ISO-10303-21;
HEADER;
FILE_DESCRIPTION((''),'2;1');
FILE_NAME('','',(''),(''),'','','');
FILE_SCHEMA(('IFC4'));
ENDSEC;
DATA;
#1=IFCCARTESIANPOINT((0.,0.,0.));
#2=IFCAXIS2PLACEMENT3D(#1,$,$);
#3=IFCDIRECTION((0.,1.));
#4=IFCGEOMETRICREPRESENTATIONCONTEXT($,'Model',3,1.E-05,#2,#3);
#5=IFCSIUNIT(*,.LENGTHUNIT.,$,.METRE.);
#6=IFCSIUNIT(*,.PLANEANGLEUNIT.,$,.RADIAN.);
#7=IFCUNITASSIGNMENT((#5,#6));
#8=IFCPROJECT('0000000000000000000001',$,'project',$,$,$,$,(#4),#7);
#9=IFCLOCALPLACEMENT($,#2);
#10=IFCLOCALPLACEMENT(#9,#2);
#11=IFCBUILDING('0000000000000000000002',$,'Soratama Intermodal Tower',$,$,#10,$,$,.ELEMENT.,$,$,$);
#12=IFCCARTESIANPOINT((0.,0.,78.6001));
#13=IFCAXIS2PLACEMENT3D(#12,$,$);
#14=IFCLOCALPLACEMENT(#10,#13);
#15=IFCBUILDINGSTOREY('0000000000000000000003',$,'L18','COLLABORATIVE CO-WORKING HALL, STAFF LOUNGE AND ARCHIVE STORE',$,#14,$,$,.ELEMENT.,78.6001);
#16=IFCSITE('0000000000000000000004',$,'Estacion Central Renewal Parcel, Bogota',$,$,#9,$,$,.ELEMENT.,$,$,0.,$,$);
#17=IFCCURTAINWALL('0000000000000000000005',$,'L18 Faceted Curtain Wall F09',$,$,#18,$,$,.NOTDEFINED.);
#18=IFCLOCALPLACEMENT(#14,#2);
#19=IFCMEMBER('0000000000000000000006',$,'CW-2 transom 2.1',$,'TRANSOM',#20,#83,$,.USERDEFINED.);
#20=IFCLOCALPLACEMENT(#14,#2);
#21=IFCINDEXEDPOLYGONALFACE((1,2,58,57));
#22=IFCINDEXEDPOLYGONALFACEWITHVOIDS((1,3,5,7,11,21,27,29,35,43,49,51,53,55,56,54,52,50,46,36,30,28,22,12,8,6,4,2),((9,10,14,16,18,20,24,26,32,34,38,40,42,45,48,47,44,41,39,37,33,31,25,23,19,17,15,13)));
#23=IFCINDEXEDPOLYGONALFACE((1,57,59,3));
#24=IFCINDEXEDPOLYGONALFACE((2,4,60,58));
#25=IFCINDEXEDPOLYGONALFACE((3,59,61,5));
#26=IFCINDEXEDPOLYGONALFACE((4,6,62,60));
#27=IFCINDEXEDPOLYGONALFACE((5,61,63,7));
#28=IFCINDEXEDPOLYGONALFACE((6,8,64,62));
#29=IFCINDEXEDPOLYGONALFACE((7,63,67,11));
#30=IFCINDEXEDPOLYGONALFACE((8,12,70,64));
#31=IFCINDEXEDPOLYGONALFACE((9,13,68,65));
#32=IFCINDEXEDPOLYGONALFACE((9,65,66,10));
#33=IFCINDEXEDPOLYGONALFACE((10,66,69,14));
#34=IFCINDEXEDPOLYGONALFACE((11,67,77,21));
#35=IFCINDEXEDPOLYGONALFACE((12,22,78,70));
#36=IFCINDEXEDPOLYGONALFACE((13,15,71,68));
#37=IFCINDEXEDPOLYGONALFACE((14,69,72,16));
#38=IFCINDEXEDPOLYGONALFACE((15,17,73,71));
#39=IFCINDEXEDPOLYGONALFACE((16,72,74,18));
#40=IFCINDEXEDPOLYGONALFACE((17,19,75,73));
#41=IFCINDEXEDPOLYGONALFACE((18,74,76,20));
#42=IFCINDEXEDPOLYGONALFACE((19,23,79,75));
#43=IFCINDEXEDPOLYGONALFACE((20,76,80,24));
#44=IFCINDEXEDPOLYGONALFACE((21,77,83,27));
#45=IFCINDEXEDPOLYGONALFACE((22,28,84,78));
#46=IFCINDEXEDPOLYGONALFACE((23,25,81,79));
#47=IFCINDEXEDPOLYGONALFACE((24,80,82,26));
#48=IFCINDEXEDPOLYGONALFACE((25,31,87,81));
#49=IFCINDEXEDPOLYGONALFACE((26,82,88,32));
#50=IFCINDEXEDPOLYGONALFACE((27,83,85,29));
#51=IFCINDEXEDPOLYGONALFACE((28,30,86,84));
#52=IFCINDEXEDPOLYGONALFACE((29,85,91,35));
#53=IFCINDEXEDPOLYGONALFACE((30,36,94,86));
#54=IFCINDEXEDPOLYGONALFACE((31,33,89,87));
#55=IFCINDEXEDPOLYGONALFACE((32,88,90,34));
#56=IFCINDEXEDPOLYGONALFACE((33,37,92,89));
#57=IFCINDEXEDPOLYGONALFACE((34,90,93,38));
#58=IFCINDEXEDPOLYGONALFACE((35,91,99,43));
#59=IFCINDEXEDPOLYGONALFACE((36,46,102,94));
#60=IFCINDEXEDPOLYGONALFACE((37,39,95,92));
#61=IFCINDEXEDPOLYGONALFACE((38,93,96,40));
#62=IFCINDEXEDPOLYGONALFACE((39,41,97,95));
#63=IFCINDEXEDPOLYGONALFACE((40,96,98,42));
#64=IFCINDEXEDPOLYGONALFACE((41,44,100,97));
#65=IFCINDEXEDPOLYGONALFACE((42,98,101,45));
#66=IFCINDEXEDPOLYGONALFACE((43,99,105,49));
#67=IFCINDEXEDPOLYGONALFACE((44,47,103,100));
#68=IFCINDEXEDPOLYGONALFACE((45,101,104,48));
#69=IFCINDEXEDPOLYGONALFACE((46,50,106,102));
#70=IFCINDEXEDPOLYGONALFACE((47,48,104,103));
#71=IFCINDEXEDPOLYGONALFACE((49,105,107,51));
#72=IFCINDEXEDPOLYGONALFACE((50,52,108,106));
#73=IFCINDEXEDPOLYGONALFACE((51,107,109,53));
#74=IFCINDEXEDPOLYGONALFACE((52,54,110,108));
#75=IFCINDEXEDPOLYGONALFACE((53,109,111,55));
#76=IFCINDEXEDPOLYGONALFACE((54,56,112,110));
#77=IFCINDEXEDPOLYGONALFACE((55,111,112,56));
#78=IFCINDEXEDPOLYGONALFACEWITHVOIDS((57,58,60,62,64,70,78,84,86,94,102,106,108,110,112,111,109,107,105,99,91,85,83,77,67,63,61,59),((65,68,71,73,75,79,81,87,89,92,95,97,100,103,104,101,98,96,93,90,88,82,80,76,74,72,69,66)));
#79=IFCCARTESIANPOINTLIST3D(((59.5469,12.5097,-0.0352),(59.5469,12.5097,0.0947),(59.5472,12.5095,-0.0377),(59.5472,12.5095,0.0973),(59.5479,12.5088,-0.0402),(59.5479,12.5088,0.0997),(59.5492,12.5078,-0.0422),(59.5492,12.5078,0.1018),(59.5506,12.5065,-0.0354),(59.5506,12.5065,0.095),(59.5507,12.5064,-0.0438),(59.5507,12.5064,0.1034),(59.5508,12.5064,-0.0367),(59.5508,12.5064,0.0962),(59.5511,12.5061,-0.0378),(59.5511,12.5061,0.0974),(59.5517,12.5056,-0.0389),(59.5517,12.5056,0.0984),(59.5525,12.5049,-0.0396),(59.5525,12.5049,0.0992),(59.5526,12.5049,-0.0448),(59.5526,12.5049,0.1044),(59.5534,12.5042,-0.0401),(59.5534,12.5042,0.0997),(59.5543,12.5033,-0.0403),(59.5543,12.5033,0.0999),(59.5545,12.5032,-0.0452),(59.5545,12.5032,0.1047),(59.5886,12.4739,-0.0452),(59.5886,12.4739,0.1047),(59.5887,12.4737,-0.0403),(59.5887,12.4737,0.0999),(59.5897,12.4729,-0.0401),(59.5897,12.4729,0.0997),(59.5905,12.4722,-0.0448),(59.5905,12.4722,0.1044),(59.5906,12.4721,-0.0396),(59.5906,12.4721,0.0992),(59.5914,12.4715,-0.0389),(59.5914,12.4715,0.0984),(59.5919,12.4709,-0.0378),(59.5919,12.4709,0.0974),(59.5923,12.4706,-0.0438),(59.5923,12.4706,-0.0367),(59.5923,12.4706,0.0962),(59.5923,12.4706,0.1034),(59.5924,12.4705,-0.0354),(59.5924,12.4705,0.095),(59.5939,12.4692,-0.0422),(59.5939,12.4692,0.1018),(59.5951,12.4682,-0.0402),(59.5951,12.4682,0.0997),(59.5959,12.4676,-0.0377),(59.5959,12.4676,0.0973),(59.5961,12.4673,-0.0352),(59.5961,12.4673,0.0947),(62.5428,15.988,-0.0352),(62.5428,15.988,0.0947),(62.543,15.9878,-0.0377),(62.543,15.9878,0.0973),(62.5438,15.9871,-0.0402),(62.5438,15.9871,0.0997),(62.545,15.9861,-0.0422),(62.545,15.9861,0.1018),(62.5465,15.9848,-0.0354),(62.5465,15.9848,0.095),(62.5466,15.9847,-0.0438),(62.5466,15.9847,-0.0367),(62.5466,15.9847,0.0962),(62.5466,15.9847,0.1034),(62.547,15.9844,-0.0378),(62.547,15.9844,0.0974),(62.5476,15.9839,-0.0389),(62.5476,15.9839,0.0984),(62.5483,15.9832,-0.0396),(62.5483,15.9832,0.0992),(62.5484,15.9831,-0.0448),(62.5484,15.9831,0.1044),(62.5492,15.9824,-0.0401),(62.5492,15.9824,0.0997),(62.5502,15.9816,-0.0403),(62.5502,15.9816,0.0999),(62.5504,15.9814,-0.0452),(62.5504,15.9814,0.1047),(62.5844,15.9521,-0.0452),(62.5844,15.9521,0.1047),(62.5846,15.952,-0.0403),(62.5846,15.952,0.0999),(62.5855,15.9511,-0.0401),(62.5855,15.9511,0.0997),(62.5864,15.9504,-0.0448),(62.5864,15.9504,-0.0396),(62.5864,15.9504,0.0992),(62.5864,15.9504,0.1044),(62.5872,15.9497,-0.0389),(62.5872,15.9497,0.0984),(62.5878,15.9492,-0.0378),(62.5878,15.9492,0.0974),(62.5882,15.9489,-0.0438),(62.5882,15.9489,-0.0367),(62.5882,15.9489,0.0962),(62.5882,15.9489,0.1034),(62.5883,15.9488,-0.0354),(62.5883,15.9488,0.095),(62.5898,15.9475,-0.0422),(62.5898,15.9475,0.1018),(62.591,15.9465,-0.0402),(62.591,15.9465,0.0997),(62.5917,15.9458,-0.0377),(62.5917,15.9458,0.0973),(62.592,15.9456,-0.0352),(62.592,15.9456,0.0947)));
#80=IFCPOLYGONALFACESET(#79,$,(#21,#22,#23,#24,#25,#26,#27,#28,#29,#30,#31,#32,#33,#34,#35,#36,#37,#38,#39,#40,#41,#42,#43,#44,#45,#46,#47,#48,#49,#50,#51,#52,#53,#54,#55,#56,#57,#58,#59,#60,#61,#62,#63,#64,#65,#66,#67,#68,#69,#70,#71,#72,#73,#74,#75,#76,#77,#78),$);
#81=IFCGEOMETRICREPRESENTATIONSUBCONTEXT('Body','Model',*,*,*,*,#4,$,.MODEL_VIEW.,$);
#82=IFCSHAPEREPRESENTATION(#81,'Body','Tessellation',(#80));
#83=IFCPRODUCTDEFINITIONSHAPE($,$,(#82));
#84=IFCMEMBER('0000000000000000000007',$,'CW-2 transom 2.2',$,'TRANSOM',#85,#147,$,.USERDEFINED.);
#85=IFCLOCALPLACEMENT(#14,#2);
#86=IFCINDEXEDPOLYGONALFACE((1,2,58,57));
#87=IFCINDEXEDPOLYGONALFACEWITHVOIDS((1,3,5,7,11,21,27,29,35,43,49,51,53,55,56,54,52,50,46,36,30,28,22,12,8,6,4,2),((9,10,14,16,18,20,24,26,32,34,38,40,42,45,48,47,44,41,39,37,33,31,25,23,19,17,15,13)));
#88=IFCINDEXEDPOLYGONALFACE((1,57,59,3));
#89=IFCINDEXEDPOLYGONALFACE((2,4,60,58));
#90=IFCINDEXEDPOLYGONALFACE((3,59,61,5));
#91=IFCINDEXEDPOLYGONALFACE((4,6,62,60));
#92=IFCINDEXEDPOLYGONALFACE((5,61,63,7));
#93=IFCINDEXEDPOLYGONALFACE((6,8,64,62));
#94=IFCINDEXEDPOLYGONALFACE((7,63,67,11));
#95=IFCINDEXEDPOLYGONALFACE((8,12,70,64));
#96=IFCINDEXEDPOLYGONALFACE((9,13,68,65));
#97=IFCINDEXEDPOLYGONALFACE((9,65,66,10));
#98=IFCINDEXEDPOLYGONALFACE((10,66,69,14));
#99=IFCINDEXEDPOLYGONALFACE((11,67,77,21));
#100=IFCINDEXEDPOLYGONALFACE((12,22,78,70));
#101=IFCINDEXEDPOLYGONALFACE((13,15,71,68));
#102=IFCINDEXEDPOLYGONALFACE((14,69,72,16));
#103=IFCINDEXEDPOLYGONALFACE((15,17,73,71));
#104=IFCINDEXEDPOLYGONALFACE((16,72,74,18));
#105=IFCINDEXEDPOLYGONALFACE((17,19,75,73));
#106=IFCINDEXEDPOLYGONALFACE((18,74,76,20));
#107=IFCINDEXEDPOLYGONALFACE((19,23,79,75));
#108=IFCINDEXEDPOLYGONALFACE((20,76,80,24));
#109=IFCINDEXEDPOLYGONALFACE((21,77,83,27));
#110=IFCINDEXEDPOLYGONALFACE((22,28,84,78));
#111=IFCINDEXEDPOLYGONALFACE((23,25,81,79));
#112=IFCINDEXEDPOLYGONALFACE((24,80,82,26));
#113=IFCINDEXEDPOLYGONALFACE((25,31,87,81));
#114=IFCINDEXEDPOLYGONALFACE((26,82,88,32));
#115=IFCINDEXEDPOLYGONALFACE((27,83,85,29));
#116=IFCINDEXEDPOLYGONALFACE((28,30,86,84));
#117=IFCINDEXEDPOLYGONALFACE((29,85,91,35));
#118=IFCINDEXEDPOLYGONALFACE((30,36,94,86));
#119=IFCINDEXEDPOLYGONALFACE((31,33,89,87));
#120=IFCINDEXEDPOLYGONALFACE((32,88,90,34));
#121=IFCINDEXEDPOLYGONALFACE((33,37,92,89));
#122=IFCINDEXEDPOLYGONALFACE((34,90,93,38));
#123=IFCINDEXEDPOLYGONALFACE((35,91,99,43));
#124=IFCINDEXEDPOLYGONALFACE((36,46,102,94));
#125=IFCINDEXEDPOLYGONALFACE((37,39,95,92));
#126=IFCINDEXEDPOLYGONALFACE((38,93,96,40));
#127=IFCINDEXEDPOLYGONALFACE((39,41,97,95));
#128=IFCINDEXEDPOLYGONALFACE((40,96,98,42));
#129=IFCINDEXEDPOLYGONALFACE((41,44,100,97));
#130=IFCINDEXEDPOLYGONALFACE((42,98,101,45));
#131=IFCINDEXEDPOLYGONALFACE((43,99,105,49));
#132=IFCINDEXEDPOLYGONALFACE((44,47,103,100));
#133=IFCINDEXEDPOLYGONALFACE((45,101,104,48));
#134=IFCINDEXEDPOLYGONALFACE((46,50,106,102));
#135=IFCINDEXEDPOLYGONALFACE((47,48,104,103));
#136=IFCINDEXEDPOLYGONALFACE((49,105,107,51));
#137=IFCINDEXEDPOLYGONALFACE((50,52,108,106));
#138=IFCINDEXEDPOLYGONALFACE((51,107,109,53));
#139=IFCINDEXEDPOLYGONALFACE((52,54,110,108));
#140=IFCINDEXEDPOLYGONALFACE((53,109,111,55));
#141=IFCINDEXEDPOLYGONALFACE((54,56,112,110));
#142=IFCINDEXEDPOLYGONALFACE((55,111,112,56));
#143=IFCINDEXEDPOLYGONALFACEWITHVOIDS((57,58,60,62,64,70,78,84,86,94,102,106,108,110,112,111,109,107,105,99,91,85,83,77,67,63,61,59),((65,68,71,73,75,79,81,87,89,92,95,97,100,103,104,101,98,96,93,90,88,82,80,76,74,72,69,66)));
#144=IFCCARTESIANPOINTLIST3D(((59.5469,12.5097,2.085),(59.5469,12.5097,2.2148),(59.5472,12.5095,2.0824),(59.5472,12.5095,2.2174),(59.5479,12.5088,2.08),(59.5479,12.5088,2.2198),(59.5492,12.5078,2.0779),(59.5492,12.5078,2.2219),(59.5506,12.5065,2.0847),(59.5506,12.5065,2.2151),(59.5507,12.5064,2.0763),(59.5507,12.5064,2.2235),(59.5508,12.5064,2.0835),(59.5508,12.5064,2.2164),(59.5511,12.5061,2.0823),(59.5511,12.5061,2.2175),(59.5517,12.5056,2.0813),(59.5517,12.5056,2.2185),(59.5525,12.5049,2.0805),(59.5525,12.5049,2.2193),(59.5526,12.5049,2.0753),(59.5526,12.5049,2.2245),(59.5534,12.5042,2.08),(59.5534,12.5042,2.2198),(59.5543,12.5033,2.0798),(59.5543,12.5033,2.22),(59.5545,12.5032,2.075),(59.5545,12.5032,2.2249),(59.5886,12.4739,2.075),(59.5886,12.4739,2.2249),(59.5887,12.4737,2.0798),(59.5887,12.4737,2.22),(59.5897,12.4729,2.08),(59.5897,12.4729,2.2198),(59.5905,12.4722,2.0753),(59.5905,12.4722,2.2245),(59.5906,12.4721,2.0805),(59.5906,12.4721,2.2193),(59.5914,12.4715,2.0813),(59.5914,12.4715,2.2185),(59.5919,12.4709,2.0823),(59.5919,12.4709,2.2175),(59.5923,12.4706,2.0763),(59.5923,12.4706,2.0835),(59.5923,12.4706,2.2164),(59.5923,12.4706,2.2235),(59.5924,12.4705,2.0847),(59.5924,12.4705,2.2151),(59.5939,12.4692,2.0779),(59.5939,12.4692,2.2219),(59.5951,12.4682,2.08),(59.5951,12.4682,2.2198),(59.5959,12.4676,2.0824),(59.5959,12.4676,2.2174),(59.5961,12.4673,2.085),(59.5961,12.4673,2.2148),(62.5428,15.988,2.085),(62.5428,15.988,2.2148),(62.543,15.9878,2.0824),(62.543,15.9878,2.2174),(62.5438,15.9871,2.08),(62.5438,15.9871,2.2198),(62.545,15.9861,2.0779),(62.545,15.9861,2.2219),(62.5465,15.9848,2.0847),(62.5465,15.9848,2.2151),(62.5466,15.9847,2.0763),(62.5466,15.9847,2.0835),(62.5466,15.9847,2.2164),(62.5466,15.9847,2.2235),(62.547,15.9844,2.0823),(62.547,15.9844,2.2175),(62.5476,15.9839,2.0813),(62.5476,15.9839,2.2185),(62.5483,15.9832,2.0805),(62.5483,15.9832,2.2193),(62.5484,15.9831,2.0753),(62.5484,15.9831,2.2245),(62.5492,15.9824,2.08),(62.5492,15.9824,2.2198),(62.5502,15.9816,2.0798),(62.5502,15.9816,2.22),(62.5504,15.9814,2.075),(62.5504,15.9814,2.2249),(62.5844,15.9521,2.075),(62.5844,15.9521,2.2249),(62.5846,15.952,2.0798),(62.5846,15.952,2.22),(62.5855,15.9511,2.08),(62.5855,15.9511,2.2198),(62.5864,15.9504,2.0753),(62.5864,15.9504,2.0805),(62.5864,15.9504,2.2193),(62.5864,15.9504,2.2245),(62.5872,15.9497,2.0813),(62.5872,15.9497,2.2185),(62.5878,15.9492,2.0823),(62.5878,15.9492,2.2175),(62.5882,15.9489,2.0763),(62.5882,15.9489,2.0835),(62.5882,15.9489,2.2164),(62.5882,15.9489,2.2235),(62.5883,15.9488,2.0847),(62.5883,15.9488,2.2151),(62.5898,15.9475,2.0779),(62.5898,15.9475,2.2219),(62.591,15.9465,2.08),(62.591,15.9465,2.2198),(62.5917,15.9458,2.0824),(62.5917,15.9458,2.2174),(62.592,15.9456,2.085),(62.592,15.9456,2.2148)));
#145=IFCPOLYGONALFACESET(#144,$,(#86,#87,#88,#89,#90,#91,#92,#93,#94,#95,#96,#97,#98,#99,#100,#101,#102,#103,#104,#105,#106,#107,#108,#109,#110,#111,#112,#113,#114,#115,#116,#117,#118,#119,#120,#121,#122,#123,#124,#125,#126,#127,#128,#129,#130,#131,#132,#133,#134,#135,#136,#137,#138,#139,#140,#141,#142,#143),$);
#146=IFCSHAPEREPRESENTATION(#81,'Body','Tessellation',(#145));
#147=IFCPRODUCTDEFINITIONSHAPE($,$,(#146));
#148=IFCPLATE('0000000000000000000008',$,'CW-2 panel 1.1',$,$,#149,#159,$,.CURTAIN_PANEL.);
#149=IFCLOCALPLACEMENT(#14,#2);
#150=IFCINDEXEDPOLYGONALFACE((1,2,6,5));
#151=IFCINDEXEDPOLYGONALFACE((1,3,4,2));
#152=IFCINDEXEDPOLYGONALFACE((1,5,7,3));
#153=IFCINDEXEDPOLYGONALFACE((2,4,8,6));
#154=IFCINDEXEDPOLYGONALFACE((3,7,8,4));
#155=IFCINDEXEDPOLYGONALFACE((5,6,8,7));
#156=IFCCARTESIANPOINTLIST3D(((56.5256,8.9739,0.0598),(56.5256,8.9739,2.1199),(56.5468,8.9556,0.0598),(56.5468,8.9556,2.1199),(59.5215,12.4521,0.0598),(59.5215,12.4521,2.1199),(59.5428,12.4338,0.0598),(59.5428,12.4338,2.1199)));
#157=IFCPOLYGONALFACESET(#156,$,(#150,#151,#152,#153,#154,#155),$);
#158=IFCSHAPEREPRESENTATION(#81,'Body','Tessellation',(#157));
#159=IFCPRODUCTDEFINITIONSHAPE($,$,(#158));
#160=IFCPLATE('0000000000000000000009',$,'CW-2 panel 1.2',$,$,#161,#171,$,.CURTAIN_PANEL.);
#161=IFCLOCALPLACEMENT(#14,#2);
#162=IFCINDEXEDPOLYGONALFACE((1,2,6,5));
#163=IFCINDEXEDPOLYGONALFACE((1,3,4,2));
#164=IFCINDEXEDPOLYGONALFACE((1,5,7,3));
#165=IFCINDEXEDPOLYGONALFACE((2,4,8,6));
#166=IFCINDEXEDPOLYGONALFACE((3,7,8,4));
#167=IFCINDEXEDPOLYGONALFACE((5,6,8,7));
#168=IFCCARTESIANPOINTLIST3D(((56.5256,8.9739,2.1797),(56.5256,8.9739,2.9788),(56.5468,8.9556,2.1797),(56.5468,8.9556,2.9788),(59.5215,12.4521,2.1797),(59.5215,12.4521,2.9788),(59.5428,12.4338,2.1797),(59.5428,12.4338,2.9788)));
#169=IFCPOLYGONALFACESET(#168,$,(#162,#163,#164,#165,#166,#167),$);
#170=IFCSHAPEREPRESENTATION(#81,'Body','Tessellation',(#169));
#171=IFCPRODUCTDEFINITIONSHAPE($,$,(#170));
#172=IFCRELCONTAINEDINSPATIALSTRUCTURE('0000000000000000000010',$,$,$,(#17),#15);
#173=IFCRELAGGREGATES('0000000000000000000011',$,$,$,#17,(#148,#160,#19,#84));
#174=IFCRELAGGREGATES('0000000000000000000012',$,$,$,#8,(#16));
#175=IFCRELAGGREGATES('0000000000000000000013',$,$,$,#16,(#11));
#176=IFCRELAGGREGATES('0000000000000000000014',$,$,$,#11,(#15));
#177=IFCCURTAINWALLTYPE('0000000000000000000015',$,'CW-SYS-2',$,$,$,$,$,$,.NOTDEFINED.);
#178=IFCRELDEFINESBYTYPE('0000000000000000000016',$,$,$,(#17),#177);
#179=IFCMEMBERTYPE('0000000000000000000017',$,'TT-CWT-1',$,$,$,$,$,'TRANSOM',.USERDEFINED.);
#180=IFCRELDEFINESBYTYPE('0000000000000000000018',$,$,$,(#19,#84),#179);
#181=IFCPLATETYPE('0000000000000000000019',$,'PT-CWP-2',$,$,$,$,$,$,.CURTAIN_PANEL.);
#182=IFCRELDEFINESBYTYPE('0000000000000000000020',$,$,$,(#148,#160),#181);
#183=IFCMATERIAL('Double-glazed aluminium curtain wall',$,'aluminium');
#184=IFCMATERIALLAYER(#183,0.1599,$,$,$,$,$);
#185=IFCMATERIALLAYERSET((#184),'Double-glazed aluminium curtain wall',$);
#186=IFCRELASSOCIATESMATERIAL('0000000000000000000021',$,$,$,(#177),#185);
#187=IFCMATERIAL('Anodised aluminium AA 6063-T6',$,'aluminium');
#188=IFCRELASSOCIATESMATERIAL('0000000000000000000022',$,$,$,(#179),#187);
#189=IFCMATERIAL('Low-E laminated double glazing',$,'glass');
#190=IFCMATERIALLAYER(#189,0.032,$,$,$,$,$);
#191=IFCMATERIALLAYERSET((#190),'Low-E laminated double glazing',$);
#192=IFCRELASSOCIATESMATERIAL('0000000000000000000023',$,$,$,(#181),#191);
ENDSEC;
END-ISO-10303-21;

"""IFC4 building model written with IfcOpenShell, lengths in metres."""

from ifc_helpers import new_model, si_unit, direction, frame, origin, origin_2d, place, context, subcontext, project, spatial, rectangle, hollow_rectangle, extrude, material, layer, layer_set, material_profile, profile_set, type_object, element, aggregate, save


model = new_model("IFC4")

# Units and contexts
model_context = context("Model", 3, precision=1e-05, world=origin(), true_north=direction((0.0, 1.0)))
body_context = subcontext(model_context, "Body", "Model", "MODEL_VIEW")
ifc_project = project(units=[si_unit("LENGTHUNIT", "METRE"), si_unit("PLANEANGLEUNIT", "RADIAN")], contexts=[model_context])

# Site, building, storey
site_placement = place(None, origin())
site = spatial("IfcSite", under=ifc_project, at=site_placement, Name="Estacion Central Renewal Parcel, Bogota", CompositionType="ELEMENT", RefElevation=0.0)
building_placement = place(site_placement, origin())
building = spatial("IfcBuilding", under=site, at=building_placement, Name="Soratama Intermodal Tower", CompositionType="ELEMENT")
storey_placement = place(building_placement, frame((0.0, 0.0, 78.6001)))
storey = spatial("IfcBuildingStorey", under=building, at=storey_placement, Name="L18", Description="COLLABORATIVE CO-WORKING HALL, STAFF LOUNGE AND ARCHIVE STORE", CompositionType="ELEMENT", Elevation=78.6001)

# Curtain wall, members, plates
ifc_material_1 = material(Name="Double-glazed aluminium curtain wall", Category="aluminium")
ifc_layer_1 = layer(ifc_material_1, 0.1599)
ifc_layer_set_1 = layer_set([ifc_layer_1], Name="Double-glazed aluminium curtain wall")
curtain_wall_type = type_object("IfcCurtainWallType", Name="CW-SYS-2", PredefinedType="NOTDEFINED", material=ifc_layer_set_1)
curtain_wall_placement = place(storey_placement, origin())
curtain_wall = element("IfcCurtainWall", 1, at=curtain_wall_placement, inside=storey, type_object=curtain_wall_type, Name="L18 Faceted Curtain Wall F09", PredefinedType="NOTDEFINED")
ifc_material_2 = material(Name="Anodised aluminium AA 6063-T6", Category="aluminium")
ifc_material_profile_1 = material_profile(ifc_material_2, hollow_rectangle(XDim=0.0649, YDim=0.1499, WallThickness=0.0049, InnerFilletRadius=0.0049, OuterFilletRadius=0.01, at=origin_2d()), Name="CWT150X65X5")
ifc_profile_set_1 = profile_set([ifc_material_profile_1], Name="Anodised aluminium AA 6063-T6")
member_type_1 = type_object("IfcMemberType", Name="TT-CWT-1", ElementType="TRANSOM", PredefinedType="USERDEFINED", material=ifc_profile_set_1)
member_1_placement = place(storey_placement, frame((59.5715, 12.4885, 0.0298), z_axis=(0.652607, 0.757696, 0.0), x_axis=(-0.757696, 0.652607, 0.0)))
member_1 = element("IfcMember", 2, at=member_1_placement, type_object=member_type_1, Name="CW-2 transom 2.1", ObjectType="TRANSOM", PredefinedType="USERDEFINED", context=body_context, shape_type="SweptSolid", body=[
    extrude(hollow_rectangle(XDim=0.0649, YDim=0.1499, WallThickness=0.0049, InnerFilletRadius=0.0049, OuterFilletRadius=0.01, at=origin_2d()), origin(), (0.0, 0.0, 1.0), 4.5906),
])
member_2_placement = place(storey_placement, frame((59.5715, 12.4885, 2.1499), z_axis=(0.652607, 0.757696, 0.0), x_axis=(-0.757696, 0.652607, 0.0)))
member_2 = element("IfcMember", 3, at=member_2_placement, type_object=member_type_1, Name="CW-2 transom 2.2", ObjectType="TRANSOM", PredefinedType="USERDEFINED", context=body_context, shape_type="SweptSolid", body=[
    extrude(hollow_rectangle(XDim=0.0649, YDim=0.1499, WallThickness=0.0049, InnerFilletRadius=0.0049, OuterFilletRadius=0.01, at=origin_2d()), origin(), (0.0, 0.0, 1.0), 4.5906),
])
ifc_material_3 = material(Name="Low-E laminated double glazing", Category="glass")
ifc_layer_2 = layer(ifc_material_3, 0.032)
ifc_layer_set_2 = layer_set([ifc_layer_2], Name="Low-E laminated double glazing")
plate_type = type_object("IfcPlateType", Name="PT-CWP-2", PredefinedType="CURTAIN_PANEL", material=ifc_layer_set_2)
plate_1_placement = place(storey_placement, frame((58.0342, 10.7039, 0.0598), z_axis=(0.0, 0.0, 1.0), x_axis=(0.652629, 0.757678, 0.0)))
plate_1 = element("IfcPlate", 4, at=plate_1_placement, type_object=plate_type, Name="CW-2 panel 1.1", PredefinedType="CURTAIN_PANEL", context=body_context, shape_type="SweptSolid", body=[
    extrude(rectangle(XDim=4.5906, YDim=0.0281, at=origin_2d()), origin(), (0.0, 0.0, 1.0), 2.0601),
])
plate_2_placement = place(storey_placement, frame((58.0342, 10.7039, 2.1797), z_axis=(0.0, 0.0, 1.0), x_axis=(0.652629, 0.757678, 0.0)))
plate_2 = element("IfcPlate", 5, at=plate_2_placement, type_object=plate_type, Name="CW-2 panel 1.2", PredefinedType="CURTAIN_PANEL", context=body_context, shape_type="SweptSolid", body=[
    extrude(rectangle(XDim=4.5906, YDim=0.0281, at=origin_2d()), origin(), (0.0, 0.0, 1.0), 0.7991),
])
aggregate(curtain_wall, [plate_1, plate_2, member_1, member_2])

save(model, "model.ifc")
